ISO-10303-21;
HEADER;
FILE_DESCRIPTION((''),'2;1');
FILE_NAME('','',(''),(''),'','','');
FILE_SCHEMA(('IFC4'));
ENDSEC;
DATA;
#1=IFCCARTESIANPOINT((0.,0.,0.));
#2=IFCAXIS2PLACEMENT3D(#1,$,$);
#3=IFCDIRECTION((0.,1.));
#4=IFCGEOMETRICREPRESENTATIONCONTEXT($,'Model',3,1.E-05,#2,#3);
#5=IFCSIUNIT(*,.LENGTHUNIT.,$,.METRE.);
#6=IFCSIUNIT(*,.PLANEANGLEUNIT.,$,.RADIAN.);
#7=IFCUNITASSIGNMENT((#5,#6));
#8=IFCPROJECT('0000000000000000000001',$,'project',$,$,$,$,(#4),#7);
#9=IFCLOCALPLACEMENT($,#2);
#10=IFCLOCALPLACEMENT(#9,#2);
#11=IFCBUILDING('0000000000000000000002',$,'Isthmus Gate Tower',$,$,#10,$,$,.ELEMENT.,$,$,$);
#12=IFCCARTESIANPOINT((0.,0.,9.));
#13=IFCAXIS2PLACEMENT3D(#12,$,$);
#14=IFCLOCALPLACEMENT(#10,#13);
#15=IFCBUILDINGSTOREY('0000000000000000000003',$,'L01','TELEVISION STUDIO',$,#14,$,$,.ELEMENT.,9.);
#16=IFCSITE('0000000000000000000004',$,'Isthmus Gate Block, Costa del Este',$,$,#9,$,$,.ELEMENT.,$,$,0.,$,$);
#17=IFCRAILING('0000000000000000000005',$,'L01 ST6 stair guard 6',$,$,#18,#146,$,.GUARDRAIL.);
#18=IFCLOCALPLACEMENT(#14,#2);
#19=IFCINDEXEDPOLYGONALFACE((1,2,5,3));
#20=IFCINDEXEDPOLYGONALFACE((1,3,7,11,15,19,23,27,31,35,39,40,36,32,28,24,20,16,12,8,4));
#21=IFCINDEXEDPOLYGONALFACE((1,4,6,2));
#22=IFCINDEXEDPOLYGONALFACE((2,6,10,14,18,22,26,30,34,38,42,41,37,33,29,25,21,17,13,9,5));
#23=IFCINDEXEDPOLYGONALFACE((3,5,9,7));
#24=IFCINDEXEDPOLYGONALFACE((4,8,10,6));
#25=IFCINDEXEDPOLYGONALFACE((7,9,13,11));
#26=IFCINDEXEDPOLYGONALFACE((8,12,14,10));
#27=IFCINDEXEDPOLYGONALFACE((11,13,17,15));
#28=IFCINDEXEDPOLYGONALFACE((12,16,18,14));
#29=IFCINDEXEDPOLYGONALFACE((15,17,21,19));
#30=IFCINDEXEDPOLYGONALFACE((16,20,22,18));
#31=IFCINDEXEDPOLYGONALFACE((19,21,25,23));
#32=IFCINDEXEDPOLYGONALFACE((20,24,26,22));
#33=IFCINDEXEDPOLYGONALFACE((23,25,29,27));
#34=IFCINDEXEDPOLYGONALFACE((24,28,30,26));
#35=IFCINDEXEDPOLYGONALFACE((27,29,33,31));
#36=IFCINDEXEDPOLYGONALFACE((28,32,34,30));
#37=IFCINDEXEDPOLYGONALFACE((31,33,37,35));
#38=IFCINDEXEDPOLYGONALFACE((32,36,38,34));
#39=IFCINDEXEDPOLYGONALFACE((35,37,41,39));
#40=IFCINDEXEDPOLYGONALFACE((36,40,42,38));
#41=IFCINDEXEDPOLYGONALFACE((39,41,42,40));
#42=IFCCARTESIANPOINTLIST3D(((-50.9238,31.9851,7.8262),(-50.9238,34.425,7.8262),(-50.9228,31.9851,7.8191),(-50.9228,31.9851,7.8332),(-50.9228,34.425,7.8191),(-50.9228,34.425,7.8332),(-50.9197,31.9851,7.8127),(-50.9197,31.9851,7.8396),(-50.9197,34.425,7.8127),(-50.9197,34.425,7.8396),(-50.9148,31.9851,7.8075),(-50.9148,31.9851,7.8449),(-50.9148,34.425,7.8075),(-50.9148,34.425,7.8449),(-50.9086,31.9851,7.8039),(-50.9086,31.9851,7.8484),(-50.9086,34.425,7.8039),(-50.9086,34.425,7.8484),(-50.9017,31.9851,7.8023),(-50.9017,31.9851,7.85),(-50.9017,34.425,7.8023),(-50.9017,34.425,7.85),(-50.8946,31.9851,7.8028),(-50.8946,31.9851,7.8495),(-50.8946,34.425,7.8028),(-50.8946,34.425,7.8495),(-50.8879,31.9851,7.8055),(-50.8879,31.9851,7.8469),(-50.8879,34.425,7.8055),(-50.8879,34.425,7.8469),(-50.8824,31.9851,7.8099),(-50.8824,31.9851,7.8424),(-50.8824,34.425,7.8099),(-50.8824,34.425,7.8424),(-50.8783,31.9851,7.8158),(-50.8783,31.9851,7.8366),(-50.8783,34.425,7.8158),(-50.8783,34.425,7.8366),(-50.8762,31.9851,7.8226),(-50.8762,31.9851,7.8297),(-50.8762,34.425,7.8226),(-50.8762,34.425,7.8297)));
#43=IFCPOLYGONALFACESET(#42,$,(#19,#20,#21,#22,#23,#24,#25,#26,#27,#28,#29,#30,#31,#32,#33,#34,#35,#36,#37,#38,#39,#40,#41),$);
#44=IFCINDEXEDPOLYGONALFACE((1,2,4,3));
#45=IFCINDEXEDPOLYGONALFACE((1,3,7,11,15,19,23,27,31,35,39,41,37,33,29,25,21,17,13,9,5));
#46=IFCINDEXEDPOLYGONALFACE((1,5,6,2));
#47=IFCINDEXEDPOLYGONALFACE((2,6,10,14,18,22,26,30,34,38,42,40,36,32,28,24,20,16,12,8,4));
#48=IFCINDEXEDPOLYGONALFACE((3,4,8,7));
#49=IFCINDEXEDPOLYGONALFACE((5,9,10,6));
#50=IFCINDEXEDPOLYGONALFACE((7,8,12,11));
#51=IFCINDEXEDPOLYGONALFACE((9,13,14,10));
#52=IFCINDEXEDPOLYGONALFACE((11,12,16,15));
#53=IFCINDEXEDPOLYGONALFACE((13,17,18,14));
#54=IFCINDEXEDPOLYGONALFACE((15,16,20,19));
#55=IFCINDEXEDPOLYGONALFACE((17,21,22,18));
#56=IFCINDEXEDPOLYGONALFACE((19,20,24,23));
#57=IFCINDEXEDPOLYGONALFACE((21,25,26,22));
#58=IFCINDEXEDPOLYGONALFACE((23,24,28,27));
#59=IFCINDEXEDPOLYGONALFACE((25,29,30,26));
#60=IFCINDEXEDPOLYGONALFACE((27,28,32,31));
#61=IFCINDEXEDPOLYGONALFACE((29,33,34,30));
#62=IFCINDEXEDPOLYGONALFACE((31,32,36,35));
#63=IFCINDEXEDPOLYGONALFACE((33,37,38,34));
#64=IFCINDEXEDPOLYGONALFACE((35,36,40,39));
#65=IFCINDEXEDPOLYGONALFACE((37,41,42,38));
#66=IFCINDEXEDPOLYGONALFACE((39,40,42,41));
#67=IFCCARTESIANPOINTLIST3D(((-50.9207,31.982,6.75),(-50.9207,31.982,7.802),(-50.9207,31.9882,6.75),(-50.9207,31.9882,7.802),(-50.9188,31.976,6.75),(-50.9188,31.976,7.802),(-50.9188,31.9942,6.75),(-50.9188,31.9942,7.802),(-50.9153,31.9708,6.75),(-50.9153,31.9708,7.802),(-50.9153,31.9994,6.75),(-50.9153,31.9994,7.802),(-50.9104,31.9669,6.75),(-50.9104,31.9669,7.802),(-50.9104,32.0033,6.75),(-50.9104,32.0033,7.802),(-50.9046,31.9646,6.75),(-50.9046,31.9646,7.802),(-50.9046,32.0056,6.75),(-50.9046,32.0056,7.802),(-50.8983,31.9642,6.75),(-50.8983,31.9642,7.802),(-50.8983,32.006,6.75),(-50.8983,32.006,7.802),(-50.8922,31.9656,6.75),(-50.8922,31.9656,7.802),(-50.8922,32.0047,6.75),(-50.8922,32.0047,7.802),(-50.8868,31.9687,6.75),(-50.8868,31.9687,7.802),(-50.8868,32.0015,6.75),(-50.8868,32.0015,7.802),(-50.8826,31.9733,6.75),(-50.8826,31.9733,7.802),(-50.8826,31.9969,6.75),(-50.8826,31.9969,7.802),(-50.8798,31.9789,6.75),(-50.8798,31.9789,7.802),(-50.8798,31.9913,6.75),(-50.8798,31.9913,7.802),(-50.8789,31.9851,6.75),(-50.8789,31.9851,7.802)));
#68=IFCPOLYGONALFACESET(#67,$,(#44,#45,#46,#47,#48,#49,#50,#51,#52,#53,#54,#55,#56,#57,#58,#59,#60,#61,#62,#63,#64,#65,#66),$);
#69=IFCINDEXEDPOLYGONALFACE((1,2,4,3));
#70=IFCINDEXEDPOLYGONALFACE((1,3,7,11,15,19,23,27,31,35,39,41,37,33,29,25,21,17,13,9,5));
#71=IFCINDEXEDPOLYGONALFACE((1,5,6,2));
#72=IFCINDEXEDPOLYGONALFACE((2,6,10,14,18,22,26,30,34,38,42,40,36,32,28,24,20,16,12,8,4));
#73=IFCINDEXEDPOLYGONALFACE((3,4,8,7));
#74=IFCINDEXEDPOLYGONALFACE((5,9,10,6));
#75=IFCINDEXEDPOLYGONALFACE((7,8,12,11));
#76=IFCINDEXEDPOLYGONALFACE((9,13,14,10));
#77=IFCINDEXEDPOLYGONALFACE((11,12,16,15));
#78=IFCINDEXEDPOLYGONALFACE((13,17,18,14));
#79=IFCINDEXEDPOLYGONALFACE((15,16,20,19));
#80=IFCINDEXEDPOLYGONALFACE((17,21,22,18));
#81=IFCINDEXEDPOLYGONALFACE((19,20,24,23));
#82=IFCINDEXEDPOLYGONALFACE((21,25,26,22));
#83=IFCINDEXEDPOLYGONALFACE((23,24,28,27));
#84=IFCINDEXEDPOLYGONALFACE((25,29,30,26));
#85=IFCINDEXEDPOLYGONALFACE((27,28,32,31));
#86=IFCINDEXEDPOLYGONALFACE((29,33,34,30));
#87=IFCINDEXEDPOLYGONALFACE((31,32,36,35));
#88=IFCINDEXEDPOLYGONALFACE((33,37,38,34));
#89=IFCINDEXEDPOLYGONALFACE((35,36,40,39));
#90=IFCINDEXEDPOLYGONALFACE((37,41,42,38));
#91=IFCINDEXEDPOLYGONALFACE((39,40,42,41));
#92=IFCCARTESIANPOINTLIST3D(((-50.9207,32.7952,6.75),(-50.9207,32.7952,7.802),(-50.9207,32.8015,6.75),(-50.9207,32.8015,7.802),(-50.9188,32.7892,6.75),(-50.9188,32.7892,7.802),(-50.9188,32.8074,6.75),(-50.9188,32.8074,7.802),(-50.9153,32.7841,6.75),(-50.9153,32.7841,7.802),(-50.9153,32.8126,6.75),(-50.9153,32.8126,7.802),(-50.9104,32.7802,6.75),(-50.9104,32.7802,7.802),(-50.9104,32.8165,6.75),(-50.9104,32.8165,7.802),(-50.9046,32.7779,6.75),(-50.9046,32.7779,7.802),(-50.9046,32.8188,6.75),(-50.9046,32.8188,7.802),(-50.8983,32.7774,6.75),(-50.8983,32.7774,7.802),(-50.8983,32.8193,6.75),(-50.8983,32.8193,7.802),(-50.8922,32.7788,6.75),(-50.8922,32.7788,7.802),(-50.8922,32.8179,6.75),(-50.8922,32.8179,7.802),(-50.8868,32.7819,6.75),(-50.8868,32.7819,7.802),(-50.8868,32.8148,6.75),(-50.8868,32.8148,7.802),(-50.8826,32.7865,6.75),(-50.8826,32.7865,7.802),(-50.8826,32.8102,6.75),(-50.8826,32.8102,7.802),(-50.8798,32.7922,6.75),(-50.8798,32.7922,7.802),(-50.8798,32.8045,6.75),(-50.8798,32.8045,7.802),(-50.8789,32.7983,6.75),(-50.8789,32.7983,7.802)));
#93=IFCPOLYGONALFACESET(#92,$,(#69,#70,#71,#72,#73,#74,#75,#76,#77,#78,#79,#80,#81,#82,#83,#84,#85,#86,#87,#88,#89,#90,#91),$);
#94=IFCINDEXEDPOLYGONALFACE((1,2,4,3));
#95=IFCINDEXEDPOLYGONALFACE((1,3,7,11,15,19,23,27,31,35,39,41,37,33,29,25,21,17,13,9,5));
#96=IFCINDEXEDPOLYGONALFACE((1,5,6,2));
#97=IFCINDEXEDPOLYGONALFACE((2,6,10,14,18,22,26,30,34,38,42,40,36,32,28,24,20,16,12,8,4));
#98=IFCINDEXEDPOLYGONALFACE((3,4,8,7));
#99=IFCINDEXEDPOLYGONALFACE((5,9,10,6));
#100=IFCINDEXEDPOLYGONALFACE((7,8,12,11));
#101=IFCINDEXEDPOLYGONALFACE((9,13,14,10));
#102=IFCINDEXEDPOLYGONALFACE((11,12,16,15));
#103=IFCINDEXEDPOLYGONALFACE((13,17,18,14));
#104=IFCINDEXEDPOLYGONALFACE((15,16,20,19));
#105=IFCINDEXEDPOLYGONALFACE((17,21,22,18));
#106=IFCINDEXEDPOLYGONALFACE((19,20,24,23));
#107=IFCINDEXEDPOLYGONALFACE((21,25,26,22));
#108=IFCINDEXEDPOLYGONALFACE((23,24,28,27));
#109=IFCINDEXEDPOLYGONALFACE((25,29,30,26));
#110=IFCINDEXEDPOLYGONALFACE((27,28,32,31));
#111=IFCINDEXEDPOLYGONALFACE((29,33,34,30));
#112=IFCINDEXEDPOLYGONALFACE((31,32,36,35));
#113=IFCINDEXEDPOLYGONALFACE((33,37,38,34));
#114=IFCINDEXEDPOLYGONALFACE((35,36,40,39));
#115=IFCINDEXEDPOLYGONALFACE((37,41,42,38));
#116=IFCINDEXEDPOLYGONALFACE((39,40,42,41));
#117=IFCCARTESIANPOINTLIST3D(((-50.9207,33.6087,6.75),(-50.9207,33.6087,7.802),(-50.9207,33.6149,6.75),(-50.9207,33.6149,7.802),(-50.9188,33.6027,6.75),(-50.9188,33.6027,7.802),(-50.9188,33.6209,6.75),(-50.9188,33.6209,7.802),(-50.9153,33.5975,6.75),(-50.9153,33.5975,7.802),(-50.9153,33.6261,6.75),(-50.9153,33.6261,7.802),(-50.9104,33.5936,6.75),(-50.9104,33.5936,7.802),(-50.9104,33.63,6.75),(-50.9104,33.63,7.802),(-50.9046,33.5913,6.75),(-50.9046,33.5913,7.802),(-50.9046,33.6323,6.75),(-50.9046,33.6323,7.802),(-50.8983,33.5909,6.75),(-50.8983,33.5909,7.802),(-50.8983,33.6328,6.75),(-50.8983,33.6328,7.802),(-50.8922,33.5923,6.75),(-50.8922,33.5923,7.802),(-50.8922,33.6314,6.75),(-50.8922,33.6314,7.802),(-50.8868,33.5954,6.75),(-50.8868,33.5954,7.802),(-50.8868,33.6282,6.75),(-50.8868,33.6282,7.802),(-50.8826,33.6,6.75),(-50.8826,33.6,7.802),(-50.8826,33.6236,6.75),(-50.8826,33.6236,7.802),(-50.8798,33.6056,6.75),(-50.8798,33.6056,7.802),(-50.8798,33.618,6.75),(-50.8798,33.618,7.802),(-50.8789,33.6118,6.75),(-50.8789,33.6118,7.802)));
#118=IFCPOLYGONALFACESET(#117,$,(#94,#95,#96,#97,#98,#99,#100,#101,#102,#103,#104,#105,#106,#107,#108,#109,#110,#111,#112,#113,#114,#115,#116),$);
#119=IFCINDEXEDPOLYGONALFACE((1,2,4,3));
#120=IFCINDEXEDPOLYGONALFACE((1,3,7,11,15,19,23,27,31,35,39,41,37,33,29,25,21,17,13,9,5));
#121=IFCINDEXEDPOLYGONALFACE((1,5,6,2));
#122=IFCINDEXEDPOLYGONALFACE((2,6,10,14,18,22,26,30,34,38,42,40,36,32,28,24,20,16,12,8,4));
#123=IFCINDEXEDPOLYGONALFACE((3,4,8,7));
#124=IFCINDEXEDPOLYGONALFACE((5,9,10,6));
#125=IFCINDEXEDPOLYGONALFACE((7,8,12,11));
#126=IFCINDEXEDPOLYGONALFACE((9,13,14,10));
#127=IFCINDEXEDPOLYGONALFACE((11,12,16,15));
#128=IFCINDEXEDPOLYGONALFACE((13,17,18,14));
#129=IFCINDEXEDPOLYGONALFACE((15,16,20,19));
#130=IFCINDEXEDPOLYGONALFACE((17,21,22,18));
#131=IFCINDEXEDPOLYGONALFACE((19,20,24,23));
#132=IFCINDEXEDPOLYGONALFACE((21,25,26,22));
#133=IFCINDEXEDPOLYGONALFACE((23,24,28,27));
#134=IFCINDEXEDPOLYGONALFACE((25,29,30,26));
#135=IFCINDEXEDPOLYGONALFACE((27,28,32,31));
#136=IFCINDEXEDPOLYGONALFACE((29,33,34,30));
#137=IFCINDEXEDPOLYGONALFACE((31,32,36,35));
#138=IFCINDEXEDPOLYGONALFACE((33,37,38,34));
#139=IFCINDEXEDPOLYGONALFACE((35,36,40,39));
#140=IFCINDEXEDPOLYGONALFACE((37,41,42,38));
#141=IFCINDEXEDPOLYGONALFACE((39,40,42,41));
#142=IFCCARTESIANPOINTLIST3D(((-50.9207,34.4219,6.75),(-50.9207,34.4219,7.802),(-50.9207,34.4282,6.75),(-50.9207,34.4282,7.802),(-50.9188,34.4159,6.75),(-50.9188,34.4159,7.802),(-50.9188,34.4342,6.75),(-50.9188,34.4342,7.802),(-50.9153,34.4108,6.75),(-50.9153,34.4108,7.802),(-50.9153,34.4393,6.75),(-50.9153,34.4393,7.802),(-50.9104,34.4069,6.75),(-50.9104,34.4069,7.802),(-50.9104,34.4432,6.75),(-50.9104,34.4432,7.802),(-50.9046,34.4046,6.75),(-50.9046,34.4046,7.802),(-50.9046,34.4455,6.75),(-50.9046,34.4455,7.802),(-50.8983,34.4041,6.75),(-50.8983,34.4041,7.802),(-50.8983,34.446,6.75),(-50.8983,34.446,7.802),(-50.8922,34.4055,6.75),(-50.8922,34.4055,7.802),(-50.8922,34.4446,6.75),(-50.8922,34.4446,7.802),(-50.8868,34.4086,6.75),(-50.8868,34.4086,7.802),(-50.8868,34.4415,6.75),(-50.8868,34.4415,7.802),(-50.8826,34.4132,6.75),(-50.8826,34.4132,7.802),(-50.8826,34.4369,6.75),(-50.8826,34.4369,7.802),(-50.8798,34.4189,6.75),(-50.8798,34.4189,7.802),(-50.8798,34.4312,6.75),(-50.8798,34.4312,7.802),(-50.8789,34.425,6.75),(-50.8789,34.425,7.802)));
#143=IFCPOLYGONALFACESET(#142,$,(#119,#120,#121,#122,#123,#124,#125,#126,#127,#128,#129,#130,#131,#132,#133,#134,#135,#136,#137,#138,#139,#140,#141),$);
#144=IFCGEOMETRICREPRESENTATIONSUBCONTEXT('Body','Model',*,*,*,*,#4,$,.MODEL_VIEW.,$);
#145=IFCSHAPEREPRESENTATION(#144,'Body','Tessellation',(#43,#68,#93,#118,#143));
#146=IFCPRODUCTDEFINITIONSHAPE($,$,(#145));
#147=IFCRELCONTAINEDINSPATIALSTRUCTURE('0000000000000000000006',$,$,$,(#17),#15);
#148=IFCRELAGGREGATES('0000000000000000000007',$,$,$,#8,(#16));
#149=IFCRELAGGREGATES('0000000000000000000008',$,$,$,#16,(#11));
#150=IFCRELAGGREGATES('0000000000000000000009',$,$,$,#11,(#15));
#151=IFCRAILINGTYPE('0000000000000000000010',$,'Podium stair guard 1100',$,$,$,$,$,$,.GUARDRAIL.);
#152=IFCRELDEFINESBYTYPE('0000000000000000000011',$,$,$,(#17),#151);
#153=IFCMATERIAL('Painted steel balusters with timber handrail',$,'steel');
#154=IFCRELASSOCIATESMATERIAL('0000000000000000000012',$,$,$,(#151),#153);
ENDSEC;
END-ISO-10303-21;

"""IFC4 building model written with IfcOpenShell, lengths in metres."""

from ifc_helpers import new_model, si_unit, direction, frame, origin, origin_2d, place, context, subcontext, project, spatial, circle, extrude, material, type_object, element, save


model = new_model("IFC4")

# Units and contexts
model_context = context("Model", 3, precision=1e-05, world=origin(), true_north=direction((0.0, 1.0)))
body_context = subcontext(model_context, "Body", "Model", "MODEL_VIEW")
ifc_project = project(units=[si_unit("LENGTHUNIT", "METRE"), si_unit("PLANEANGLEUNIT", "RADIAN")], contexts=[model_context])

# Site, building, storey
site_placement = place(None, origin())
site = spatial("IfcSite", under=ifc_project, at=site_placement, Name="Isthmus Gate Block, Costa del Este", CompositionType="ELEMENT", RefElevation=0.0)
building_placement = place(site_placement, origin())
building = spatial("IfcBuilding", under=site, at=building_placement, Name="Isthmus Gate Tower", CompositionType="ELEMENT")
storey_placement = place(building_placement, frame((0.0, 0.0, 9.0)))
storey = spatial("IfcBuildingStorey", under=building, at=storey_placement, Name="L01", Description="TELEVISION STUDIO", CompositionType="ELEMENT", Elevation=9.0)

# Railing
ifc_material_1 = material(Name="Painted steel balusters with timber handrail", Category="steel")
railing_type_1 = type_object("IfcRailingType", Name="Podium stair guard 1100", PredefinedType="GUARDRAIL", material=ifc_material_1)
railing_1_placement = place(storey_placement, frame((-50.8999, 31.9851, 6.75)))
element("IfcRailing", 1, at=railing_1_placement, inside=storey, type_object=railing_type_1, Name="L01 ST6 stair guard 6", PredefinedType="GUARDRAIL", context=body_context, shape_type="SweptSolid", body=[
    extrude(circle(Radius=0.0239, at=origin_2d()), frame((0.0, 0.0, 1.0762), z_axis=(0.0, 1.0, 0.0), x_axis=(-1.0, 0.0, 0.0)), (0.0, 0.0, 1.0), 2.4399),
    extrude(circle(Radius=0.021, at=origin_2d()), origin(), (0.0, 0.0, 1.0), 1.052),
    extrude(circle(Radius=0.021, at=origin_2d()), frame((0.0, 0.8132, 0.0)), (0.0, 0.0, 1.0), 1.052),
    extrude(circle(Radius=0.021, at=origin_2d()), frame((0.0, 1.6267, 0.0)), (0.0, 0.0, 1.0), 1.052),
    extrude(circle(Radius=0.021, at=origin_2d()), frame((0.0, 2.4399, 0.0)), (0.0, 0.0, 1.0), 1.052),
])

save(model, "model.ifc")
